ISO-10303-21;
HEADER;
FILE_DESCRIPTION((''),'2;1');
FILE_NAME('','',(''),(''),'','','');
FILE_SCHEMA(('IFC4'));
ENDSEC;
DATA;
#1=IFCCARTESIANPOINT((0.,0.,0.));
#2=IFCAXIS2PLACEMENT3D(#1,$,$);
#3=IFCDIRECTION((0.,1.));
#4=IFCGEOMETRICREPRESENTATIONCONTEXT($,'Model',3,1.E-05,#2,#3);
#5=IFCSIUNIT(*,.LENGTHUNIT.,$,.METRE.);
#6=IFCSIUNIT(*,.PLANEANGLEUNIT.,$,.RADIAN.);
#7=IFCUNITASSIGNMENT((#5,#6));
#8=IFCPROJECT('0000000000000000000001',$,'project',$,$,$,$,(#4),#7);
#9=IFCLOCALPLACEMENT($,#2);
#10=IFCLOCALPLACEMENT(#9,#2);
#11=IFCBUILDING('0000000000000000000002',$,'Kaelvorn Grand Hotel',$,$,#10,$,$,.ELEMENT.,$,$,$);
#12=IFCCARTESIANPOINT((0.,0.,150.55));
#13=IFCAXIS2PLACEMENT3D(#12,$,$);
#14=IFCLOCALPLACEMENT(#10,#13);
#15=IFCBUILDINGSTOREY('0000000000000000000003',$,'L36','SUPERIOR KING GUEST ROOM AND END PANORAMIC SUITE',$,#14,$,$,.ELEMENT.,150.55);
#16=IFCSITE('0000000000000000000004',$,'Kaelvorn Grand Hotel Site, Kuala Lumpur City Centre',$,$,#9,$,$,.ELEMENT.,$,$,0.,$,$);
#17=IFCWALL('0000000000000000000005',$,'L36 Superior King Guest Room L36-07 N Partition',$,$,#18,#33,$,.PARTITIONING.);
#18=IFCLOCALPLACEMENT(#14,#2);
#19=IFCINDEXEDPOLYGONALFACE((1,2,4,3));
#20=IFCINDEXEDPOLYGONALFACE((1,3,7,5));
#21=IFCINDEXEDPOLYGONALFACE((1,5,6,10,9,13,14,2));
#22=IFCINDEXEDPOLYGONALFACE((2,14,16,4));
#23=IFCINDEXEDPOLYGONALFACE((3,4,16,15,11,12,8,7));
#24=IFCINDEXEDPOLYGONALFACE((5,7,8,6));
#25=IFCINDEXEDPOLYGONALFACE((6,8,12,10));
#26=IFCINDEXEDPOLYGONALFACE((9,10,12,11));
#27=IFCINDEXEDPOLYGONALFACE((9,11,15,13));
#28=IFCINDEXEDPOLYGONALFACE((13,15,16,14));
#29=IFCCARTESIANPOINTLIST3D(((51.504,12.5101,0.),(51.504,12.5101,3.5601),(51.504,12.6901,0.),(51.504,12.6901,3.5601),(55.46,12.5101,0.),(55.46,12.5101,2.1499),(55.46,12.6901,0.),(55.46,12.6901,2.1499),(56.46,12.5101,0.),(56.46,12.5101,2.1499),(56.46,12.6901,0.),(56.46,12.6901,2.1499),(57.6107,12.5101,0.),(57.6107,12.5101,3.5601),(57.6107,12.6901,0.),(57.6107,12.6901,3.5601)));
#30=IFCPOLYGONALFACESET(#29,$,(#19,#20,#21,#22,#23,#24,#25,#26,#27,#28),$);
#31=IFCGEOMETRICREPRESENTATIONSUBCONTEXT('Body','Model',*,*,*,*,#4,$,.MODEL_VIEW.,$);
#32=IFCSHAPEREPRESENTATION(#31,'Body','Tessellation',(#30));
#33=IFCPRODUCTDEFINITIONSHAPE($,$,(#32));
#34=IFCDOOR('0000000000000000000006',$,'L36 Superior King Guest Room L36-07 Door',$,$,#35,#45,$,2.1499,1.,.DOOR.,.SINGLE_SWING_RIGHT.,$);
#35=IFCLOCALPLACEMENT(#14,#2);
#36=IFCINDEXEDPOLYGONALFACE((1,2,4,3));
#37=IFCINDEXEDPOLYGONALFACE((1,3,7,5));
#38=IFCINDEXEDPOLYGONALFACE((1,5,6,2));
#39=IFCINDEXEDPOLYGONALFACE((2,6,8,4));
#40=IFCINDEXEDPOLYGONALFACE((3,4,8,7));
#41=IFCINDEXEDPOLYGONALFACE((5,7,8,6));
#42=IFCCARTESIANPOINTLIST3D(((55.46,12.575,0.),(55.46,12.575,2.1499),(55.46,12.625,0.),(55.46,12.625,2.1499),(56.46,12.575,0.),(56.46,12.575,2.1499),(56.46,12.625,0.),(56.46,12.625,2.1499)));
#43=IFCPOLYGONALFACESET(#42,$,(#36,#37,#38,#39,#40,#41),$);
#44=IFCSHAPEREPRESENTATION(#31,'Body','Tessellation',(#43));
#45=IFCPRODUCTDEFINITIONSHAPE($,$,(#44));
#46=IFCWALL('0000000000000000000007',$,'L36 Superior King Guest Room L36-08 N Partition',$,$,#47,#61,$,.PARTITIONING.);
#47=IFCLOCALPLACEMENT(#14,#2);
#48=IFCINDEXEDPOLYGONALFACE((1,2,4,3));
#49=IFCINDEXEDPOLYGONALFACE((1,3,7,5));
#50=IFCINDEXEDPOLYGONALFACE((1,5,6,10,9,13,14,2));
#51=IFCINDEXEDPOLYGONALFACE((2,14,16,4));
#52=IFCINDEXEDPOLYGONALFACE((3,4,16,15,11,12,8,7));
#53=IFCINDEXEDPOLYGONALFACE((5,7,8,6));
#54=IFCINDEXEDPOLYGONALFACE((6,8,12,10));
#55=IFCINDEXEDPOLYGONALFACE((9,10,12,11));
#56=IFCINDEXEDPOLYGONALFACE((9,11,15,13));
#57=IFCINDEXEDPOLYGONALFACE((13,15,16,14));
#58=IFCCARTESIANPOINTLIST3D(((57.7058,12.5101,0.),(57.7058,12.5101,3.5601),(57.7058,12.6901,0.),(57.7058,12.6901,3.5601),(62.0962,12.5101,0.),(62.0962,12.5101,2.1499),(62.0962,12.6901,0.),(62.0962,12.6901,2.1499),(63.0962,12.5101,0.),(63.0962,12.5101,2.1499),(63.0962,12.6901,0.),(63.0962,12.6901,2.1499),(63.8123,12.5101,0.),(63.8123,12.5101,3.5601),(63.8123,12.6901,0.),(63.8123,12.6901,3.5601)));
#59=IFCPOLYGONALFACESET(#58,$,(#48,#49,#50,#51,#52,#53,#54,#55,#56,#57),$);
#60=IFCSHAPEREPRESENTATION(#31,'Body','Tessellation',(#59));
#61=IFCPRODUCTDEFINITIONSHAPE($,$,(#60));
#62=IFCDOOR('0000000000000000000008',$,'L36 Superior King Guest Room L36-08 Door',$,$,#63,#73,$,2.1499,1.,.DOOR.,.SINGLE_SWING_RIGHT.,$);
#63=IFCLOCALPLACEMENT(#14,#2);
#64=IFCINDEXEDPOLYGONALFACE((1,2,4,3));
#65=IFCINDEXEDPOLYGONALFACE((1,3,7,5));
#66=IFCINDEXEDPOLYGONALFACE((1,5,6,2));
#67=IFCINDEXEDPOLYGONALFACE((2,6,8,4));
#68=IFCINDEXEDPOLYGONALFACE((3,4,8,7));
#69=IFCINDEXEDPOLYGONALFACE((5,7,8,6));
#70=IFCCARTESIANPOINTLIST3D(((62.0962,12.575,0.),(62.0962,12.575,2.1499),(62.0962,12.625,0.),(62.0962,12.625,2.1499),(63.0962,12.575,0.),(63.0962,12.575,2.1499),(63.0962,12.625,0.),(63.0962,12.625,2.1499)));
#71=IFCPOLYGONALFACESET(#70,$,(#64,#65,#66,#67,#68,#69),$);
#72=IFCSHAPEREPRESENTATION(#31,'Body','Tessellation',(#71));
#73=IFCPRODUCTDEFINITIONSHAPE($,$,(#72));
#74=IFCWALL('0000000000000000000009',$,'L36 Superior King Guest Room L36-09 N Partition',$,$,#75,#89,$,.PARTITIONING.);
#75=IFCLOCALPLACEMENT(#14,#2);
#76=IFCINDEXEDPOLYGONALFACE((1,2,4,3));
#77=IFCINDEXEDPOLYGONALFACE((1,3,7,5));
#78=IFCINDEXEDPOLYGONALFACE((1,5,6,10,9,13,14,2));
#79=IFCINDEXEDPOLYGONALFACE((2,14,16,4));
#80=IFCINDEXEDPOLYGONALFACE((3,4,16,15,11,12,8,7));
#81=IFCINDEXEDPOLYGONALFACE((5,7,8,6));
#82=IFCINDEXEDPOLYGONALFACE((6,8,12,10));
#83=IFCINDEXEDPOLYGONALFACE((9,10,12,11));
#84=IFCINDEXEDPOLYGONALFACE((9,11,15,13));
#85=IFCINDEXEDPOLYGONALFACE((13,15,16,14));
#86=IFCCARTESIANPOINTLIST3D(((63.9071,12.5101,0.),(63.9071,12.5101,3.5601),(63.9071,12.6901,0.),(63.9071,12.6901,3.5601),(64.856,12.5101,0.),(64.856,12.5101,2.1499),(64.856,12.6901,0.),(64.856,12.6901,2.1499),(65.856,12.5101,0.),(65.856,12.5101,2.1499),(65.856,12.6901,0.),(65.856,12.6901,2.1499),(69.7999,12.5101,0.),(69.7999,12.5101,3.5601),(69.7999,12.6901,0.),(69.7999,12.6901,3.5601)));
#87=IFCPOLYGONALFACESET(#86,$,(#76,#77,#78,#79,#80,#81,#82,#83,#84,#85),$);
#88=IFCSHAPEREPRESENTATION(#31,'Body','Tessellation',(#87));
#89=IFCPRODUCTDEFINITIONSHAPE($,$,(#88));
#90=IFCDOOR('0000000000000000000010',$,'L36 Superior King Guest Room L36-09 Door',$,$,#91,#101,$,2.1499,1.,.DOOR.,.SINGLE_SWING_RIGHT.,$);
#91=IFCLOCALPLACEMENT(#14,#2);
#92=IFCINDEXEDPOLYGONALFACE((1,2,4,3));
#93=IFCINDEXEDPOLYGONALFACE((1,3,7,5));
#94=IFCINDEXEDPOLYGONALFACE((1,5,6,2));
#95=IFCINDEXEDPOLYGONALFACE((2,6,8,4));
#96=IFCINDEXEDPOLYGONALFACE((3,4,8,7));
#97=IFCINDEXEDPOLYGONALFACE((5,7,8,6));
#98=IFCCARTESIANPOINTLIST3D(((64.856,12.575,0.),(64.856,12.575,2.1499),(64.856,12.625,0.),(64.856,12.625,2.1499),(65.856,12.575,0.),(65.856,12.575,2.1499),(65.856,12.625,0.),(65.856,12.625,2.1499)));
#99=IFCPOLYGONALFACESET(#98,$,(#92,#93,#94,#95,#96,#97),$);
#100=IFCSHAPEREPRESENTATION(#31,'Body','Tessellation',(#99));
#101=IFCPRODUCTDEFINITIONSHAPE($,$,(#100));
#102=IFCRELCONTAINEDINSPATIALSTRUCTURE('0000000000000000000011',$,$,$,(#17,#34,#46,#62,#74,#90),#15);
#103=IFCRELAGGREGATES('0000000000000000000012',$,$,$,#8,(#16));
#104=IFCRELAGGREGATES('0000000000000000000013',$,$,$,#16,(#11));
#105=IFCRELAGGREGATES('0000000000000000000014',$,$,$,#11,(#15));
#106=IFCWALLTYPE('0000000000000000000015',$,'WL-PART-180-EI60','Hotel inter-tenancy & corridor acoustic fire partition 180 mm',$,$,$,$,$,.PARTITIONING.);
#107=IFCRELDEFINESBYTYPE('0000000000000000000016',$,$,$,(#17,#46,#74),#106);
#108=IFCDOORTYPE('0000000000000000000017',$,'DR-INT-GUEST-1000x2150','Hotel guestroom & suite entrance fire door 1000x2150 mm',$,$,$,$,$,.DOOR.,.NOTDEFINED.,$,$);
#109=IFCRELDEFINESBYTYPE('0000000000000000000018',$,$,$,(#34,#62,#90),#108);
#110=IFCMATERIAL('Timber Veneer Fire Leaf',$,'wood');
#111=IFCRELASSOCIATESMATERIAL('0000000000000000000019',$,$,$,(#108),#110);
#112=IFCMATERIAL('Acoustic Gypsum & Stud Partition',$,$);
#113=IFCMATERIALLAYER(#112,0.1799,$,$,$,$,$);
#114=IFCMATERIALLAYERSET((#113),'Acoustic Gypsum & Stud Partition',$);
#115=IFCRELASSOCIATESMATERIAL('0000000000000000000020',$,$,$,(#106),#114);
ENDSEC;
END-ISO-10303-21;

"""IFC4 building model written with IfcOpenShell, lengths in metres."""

from ifc_helpers import new_model, si_unit, direction, frame, frame_2d, origin, place, context, subcontext, project, spatial, rectangle, extrude, material, layer, layer_set, type_object, element, fill, save


model = new_model("IFC4")

# Units and contexts
model_context = context("Model", 3, precision=1e-05, world=origin(), true_north=direction((0.0, 1.0)))
body_context = subcontext(model_context, "Body", "Model", "MODEL_VIEW")
ifc_project = project(units=[si_unit("LENGTHUNIT", "METRE"), si_unit("PLANEANGLEUNIT", "RADIAN")], contexts=[model_context])

# Site, building, storey
site_placement = place(None, origin())
site = spatial("IfcSite", under=ifc_project, at=site_placement, Name="Kaelvorn Grand Hotel Site, Kuala Lumpur City Centre", CompositionType="ELEMENT", RefElevation=0.0)
building_placement = place(site_placement, origin())
building = spatial("IfcBuilding", under=site, at=building_placement, Name="Kaelvorn Grand Hotel", CompositionType="ELEMENT")
storey_placement = place(building_placement, frame((0.0, 0.0, 150.55)))
storey = spatial("IfcBuildingStorey", under=building, at=storey_placement, Name="L36", Description="SUPERIOR KING GUEST ROOM AND END PANORAMIC SUITE", CompositionType="ELEMENT", Elevation=150.55)

# Shared definitions
ifc_material_1 = material(Name="Acoustic Gypsum & Stud Partition")
ifc_material_2 = material(Name="Timber Veneer Fire Leaf", Category="wood")

# Shared definitions
door_type_1 = type_object("IfcDoorType", Name="DR-INT-GUEST-1000x2150", Description="Hotel guestroom & suite entrance fire door 1000x2150 mm", OperationType="NOTDEFINED", PredefinedType="DOOR", material=ifc_material_2)

# Walls, openings, doors
ifc_layer_1 = layer(ifc_material_1, 0.1799)
ifc_layer_set_1 = layer_set([ifc_layer_1], Name="Acoustic Gypsum & Stud Partition")
wall_type_1 = type_object("IfcWallType", Name="WL-PART-180-EI60", Description="Hotel inter-tenancy & corridor acoustic fire partition 180 mm", PredefinedType="PARTITIONING", material=ifc_layer_set_1)
wall_1_placement = place(storey_placement, frame((51.5042, 12.6001, 0.0), z_axis=(0.0, 0.0, 1.0), x_axis=(1.0, 0.0, 0.0)))
wall_1 = element("IfcWall", 1, at=wall_1_placement, inside=storey, type_object=wall_type_1, Name="L36 Superior King Guest Room L36-07 N Partition", PredefinedType="PARTITIONING", context=body_context, shape_type="SweptSolid", body=[
    extrude(rectangle(XDim=6.1067, YDim=0.1799, at=frame_2d((3.0532, 0.0))), origin(), (0.0, 0.0, 1.0), 3.5601),
])
opening_1_placement = place(wall_1_placement, frame((3.9558, 0.0, 0.0)))
opening_1 = element("IfcOpeningElement", 2, at=opening_1_placement, cuts=wall_1, PredefinedType="OPENING", context=body_context, shape_type="SweptSolid", body=[
    extrude(rectangle(XDim=1.0, YDim=2.1499, at=frame_2d((0.5, 1.075))), frame((0.0, 0.1001, 0.0), z_axis=(0.0, -1.0, 0.0), x_axis=(1.0, 0.0, 0.0)), (0.0, 0.0, 1.0), 0.2),
])
door_1_placement = place(opening_1_placement, origin())
door_1 = element("IfcDoor", 3, at=door_1_placement, inside=storey, type_object=door_type_1, Name="L36 Superior King Guest Room L36-07 Door", OperationType="SINGLE_SWING_RIGHT", OverallHeight=2.1499, OverallWidth=1.0, PredefinedType="DOOR", context=body_context, shape_type="SweptSolid", body=[
    extrude(rectangle(XDim=1.0, YDim=2.1499, at=frame_2d((0.5, 1.075))), frame((0.0, 0.0249, 0.0), z_axis=(0.0, -1.0, 0.0), x_axis=(1.0, 0.0, 0.0)), (0.0, 0.0, 1.0), 0.05),
])
fill(opening_1, door_1)
wall_2_placement = place(storey_placement, frame((57.7058, 12.6001, 0.0), z_axis=(0.0, 0.0, 1.0), x_axis=(1.0, 0.0, 0.0)))
wall_2 = element("IfcWall", 4, at=wall_2_placement, inside=storey, type_object=wall_type_1, Name="L36 Superior King Guest Room L36-08 N Partition", PredefinedType="PARTITIONING", context=body_context, shape_type="SweptSolid", body=[
    extrude(rectangle(XDim=6.1064, YDim=0.1799, at=frame_2d((3.0532, 0.0))), origin(), (0.0, 0.0, 1.0), 3.5601),
])
opening_2_placement = place(wall_2_placement, frame((4.3904, 0.0, 0.0)))
opening_2 = element("IfcOpeningElement", 5, at=opening_2_placement, cuts=wall_2, PredefinedType="OPENING", context=body_context, shape_type="SweptSolid", body=[
    extrude(rectangle(XDim=1.0, YDim=2.1499, at=frame_2d((0.5, 1.075))), frame((0.0, 0.1001, 0.0), z_axis=(0.0, -1.0, 0.0), x_axis=(1.0, 0.0, 0.0)), (0.0, 0.0, 1.0), 0.2),
])
door_2_placement = place(opening_2_placement, origin())
door_2 = element("IfcDoor", 6, at=door_2_placement, inside=storey, type_object=door_type_1, Name="L36 Superior King Guest Room L36-08 Door", OperationType="SINGLE_SWING_RIGHT", OverallHeight=2.1499, OverallWidth=1.0, PredefinedType="DOOR", context=body_context, shape_type="SweptSolid", body=[
    extrude(rectangle(XDim=1.0, YDim=2.1499, at=frame_2d((0.5, 1.075))), frame((0.0, 0.0249, 0.0), z_axis=(0.0, -1.0, 0.0), x_axis=(1.0, 0.0, 0.0)), (0.0, 0.0, 1.0), 0.05),
])
fill(opening_2, door_2)
wall_3_placement = place(storey_placement, frame((63.9072, 12.6001, 0.0), z_axis=(0.0, 0.0, 1.0), x_axis=(1.0, 0.0, 0.0)))
wall_3 = element("IfcWall", 7, at=wall_3_placement, inside=storey, type_object=wall_type_1, Name="L36 Superior King Guest Room L36-09 N Partition", PredefinedType="PARTITIONING", context=body_context, shape_type="SweptSolid", body=[
    extrude(rectangle(XDim=5.8928, YDim=0.1799, at=frame_2d((2.9463, 0.0))), origin(), (0.0, 0.0, 1.0), 3.5601),
])
opening_3_placement = place(wall_3_placement, frame((0.9487, 0.0, 0.0)))
opening_3 = element("IfcOpeningElement", 8, at=opening_3_placement, cuts=wall_3, PredefinedType="OPENING", context=body_context, shape_type="SweptSolid", body=[
    extrude(rectangle(XDim=1.0, YDim=2.1499, at=frame_2d((0.5, 1.075))), frame((0.0, 0.1001, 0.0), z_axis=(0.0, -1.0, 0.0), x_axis=(1.0, 0.0, 0.0)), (0.0, 0.0, 1.0), 0.2),
])
door_3_placement = place(opening_3_placement, origin())
door_3 = element("IfcDoor", 9, at=door_3_placement, inside=storey, type_object=door_type_1, Name="L36 Superior King Guest Room L36-09 Door", OperationType="SINGLE_SWING_RIGHT", OverallHeight=2.1499, OverallWidth=1.0, PredefinedType="DOOR", context=body_context, shape_type="SweptSolid", body=[
    extrude(rectangle(XDim=1.0, YDim=2.1499, at=frame_2d((0.5, 1.075))), frame((0.0, 0.0249, 0.0), z_axis=(0.0, -1.0, 0.0), x_axis=(1.0, 0.0, 0.0)), (0.0, 0.0, 1.0), 0.05),
])
fill(opening_3, door_3)

save(model, "model.ifc")
